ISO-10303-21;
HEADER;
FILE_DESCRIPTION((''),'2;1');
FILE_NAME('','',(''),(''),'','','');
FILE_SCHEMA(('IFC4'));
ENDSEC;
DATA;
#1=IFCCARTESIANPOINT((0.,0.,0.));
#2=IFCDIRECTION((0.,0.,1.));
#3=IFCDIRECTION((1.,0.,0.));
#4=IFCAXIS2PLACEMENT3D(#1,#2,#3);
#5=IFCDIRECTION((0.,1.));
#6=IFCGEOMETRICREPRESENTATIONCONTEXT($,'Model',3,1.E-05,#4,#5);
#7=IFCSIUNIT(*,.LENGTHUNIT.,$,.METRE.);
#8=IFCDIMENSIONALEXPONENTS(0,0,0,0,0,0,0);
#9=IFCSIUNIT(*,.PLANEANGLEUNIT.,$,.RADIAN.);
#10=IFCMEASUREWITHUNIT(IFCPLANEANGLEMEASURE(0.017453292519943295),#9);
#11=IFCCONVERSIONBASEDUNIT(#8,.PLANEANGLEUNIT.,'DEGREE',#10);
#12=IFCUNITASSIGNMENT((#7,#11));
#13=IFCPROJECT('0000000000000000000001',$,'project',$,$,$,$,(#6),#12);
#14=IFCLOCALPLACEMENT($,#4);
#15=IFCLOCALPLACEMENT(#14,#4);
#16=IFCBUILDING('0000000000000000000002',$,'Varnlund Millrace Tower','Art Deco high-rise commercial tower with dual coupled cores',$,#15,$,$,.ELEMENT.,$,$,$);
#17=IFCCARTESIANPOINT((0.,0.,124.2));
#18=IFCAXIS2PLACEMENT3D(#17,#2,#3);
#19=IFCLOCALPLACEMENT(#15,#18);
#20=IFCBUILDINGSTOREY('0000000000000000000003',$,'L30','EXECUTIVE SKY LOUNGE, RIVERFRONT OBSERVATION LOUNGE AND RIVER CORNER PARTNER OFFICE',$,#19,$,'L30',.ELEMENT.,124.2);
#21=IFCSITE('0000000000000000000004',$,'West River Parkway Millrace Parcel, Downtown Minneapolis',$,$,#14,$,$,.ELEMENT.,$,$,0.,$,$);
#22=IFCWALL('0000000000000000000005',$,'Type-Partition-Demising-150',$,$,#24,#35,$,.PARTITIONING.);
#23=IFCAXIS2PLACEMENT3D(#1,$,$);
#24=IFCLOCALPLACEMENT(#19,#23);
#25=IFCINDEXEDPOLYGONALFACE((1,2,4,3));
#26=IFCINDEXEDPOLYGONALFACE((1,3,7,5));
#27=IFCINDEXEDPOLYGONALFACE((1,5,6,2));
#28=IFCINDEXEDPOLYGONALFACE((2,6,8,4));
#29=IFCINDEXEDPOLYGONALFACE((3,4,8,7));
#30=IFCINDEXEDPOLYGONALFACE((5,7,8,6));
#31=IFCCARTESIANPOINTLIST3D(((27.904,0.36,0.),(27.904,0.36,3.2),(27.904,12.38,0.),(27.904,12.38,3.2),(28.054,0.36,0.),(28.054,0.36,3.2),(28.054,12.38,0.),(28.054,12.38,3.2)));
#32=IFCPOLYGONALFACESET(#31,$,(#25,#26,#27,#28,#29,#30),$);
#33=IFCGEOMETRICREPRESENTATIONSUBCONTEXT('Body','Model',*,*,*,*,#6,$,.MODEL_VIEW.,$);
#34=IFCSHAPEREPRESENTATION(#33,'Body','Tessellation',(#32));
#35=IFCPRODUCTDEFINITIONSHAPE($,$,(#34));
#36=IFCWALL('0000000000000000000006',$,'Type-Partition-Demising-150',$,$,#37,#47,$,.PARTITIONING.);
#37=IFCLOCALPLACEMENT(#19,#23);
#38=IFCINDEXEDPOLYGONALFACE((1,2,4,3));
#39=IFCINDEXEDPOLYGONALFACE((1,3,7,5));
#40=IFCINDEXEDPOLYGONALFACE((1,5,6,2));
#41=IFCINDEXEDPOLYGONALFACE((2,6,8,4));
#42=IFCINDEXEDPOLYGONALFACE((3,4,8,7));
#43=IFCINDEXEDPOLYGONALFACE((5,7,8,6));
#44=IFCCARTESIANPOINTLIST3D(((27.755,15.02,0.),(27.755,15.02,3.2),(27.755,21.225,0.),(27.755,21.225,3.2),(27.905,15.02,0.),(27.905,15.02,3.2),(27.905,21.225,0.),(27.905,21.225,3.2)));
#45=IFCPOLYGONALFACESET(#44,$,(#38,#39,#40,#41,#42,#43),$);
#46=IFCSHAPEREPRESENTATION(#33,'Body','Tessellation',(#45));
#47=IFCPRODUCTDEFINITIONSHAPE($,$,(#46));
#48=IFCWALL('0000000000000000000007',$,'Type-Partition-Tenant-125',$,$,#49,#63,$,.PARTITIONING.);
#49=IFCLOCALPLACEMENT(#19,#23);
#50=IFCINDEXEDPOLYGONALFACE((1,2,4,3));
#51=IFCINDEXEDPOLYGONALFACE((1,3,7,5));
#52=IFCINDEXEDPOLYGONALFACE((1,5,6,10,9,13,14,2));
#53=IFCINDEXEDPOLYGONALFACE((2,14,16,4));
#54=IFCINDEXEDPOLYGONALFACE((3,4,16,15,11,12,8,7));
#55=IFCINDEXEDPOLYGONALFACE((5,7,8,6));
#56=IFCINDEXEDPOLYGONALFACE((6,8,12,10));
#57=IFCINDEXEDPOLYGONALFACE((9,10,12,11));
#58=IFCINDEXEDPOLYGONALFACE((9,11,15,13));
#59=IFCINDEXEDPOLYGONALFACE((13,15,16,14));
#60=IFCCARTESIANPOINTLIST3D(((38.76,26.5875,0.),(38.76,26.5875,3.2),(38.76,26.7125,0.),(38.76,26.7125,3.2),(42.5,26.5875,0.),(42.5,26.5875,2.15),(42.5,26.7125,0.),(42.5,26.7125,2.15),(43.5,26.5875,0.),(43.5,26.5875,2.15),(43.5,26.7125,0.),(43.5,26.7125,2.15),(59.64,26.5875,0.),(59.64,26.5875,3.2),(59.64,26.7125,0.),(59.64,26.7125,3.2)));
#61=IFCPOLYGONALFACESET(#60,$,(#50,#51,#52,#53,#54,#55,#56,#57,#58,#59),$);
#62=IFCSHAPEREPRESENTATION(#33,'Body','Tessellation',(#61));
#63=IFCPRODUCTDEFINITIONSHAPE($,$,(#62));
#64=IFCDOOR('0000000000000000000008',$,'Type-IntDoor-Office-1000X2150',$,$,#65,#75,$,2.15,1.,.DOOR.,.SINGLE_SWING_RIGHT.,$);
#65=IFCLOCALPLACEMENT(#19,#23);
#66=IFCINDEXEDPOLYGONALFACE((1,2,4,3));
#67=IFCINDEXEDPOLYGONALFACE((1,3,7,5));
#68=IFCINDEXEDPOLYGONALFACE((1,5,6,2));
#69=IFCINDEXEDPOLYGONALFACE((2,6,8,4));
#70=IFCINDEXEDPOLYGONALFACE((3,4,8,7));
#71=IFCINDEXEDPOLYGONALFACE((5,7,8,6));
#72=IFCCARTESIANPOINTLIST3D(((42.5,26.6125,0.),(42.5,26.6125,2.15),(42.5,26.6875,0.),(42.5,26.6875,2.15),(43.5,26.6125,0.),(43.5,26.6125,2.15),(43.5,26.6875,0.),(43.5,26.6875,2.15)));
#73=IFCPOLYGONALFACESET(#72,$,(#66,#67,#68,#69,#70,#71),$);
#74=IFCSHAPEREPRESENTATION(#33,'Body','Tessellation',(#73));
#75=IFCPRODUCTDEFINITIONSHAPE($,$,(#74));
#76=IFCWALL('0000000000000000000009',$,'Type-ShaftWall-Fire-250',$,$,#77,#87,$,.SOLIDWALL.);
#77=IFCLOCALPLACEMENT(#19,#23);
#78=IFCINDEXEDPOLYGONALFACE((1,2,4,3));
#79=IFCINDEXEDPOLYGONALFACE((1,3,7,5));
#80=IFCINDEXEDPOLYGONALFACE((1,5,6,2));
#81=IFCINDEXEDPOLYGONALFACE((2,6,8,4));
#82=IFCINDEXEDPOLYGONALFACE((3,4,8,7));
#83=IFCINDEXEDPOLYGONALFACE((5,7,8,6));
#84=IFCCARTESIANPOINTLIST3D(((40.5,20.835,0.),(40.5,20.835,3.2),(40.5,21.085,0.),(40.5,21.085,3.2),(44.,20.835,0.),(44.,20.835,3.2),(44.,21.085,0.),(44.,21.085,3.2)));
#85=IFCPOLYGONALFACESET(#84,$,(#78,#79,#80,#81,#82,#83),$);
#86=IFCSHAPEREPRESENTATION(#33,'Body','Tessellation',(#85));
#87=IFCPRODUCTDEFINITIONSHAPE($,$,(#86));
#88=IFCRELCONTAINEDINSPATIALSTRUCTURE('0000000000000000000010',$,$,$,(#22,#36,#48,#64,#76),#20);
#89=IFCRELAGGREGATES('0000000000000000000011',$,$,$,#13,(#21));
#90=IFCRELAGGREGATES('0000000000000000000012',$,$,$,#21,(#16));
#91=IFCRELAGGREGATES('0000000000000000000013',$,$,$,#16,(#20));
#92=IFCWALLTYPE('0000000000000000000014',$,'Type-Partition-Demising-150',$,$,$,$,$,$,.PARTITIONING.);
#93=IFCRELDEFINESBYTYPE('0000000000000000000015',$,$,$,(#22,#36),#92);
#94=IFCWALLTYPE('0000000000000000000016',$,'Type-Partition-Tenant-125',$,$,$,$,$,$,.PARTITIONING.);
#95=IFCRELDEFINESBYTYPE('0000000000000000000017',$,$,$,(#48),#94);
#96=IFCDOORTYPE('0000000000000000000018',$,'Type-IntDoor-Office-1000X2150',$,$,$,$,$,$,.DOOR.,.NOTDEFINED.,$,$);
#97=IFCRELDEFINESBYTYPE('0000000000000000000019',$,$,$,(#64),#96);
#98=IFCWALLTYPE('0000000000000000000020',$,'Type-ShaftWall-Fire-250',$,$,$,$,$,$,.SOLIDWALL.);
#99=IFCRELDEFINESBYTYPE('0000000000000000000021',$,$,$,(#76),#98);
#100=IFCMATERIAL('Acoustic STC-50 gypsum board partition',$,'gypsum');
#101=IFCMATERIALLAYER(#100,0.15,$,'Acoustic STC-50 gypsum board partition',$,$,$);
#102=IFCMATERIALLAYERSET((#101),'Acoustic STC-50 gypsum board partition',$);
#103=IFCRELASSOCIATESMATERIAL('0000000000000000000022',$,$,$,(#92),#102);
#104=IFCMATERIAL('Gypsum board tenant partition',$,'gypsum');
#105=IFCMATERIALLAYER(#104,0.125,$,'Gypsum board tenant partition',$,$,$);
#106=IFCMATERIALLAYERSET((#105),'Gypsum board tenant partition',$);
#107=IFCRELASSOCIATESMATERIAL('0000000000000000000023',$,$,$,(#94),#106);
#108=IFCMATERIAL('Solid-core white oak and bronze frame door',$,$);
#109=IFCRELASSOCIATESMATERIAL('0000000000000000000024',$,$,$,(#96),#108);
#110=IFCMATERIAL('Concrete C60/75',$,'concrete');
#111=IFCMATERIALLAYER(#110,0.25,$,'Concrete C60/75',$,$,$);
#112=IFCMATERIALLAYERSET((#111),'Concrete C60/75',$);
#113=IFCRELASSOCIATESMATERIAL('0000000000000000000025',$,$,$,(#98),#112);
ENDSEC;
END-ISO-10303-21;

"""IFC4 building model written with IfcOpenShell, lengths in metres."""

from ifc_helpers import new_model, entity, si_unit, converted_unit, direction, frame, origin_with_axes, origin_2d_with_axis, place, context, subcontext, project, spatial, polyline, rectangle, outline, extrude, material, layer, layer_set, type_object, element, fill, save


model = new_model("IFC4")

# Units and contexts
model_context = context("Model", 3, precision=1e-05, world=origin_with_axes(), true_north=direction((0.0, 1.0)))
body_context = subcontext(model_context, "Body", "Model", "MODEL_VIEW")
ifc_project = project(units=[si_unit("LENGTHUNIT", "METRE"), converted_unit("PLANEANGLEUNIT", "DEGREE", entity("IfcPlaneAngleMeasure", 0.017453292519943295), si_unit("PLANEANGLEUNIT", "RADIAN"), dimensions=[0, 0, 0, 0, 0, 0, 0])], contexts=[model_context])

# Site, building, storey
site_placement = place(None, origin_with_axes())
site = spatial("IfcSite", under=ifc_project, at=site_placement, Name="West River Parkway Millrace Parcel, Downtown Minneapolis", CompositionType="ELEMENT", RefElevation=0.0)
building_placement = place(site_placement, origin_with_axes())
building = spatial("IfcBuilding", under=site, at=building_placement, Name="Varnlund Millrace Tower", Description="Art Deco high-rise commercial tower with dual coupled cores", CompositionType="ELEMENT")
storey_placement = place(building_placement, frame((0.0, 0.0, 124.2), z_axis=(0.0, 0.0, 1.0), x_axis=(1.0, 0.0, 0.0)))
storey = spatial("IfcBuildingStorey", under=building, at=storey_placement, Name="L30", Description="EXECUTIVE SKY LOUNGE, RIVERFRONT OBSERVATION LOUNGE AND RIVER CORNER PARTNER OFFICE", LongName="L30", CompositionType="ELEMENT", Elevation=124.2)

# Walls
ifc_material_1 = material(Name="Acoustic STC-50 gypsum board partition", Category="gypsum")
ifc_layer_1 = layer(ifc_material_1, 0.15, Name="Acoustic STC-50 gypsum board partition")
ifc_layer_set_1 = layer_set([ifc_layer_1], Name="Acoustic STC-50 gypsum board partition")
wall_type_1 = type_object("IfcWallType", Name="Type-Partition-Demising-150", PredefinedType="PARTITIONING", material=ifc_layer_set_1)
wall_1_placement = place(storey_placement, frame((27.979, 0.36, 0.0), z_axis=(0.0, 0.0, 1.0), x_axis=(0.0, 1.0, 0.0)))
element("IfcWall", 1, at=wall_1_placement, inside=storey, type_object=wall_type_1, Name="Type-Partition-Demising-150", PredefinedType="PARTITIONING", context=body_context, shape_type="SweptSolid", body=[
    extrude(outline(polyline([(0.0, -0.075), (12.02, -0.075), (12.02, 0.075), (0.0, 0.075), (0.0, -0.075)])), origin_with_axes(), (0.0, 0.0, 1.0), 3.2),
])
wall_2_placement = place(storey_placement, frame((27.83, 15.02, 0.0), z_axis=(0.0, 0.0, 1.0), x_axis=(0.0, 1.0, 0.0)))
element("IfcWall", 2, at=wall_2_placement, inside=storey, type_object=wall_type_1, Name="Type-Partition-Demising-150", PredefinedType="PARTITIONING", context=body_context, shape_type="SweptSolid", body=[
    extrude(outline(polyline([(0.0, -0.075), (6.205, -0.075), (6.205, 0.075), (0.0, 0.075), (0.0, -0.075)])), origin_with_axes(), (0.0, 0.0, 1.0), 3.2),
])

# Wall, opening, door
ifc_material_2 = material(Name="Gypsum board tenant partition", Category="gypsum")
ifc_layer_2 = layer(ifc_material_2, 0.125, Name="Gypsum board tenant partition")
ifc_layer_set_2 = layer_set([ifc_layer_2], Name="Gypsum board tenant partition")
wall_type_2 = type_object("IfcWallType", Name="Type-Partition-Tenant-125", PredefinedType="PARTITIONING", material=ifc_layer_set_2)
wall_3_placement = place(storey_placement, frame((38.76, 26.65, 0.0), z_axis=(0.0, 0.0, 1.0), x_axis=(1.0, 0.0, 0.0)))
wall_3 = element("IfcWall", 3, at=wall_3_placement, inside=storey, type_object=wall_type_2, Name="Type-Partition-Tenant-125", PredefinedType="PARTITIONING", context=body_context, shape_type="SweptSolid", body=[
    extrude(outline(polyline([(0.0, -0.0625), (20.88, -0.0625), (20.88, 0.0625), (0.0, 0.0625), (0.0, -0.0625)])), origin_with_axes(), (0.0, 0.0, 1.0), 3.2),
])
opening_1_placement = place(wall_3_placement, frame((4.24, 0.0, 0.0), z_axis=(0.0, 0.0, 1.0), x_axis=(1.0, 0.0, 0.0)))
opening_1 = element("IfcOpeningElement", 4, at=opening_1_placement, cuts=wall_3, PredefinedType="OPENING", context=body_context, shape_type="SweptSolid", body=[
    extrude(rectangle(XDim=1.0, YDim=0.145, at=origin_2d_with_axis()), origin_with_axes(), (0.0, 0.0, 1.0), 2.15),
])
ifc_material_3 = material(Name="Solid-core white oak and bronze frame door")
door_type = type_object("IfcDoorType", Name="Type-IntDoor-Office-1000X2150", OperationType="NOTDEFINED", PredefinedType="DOOR", material=ifc_material_3)
door_placement = place(wall_3_placement, frame((4.24, 0.0, 0.0), z_axis=(0.0, 0.0, 1.0), x_axis=(1.0, 0.0, 0.0)))
door = element("IfcDoor", 5, at=door_placement, inside=storey, type_object=door_type, Name="Type-IntDoor-Office-1000X2150", OperationType="SINGLE_SWING_RIGHT", OverallHeight=2.15, OverallWidth=1.0, PredefinedType="DOOR", context=body_context, shape_type="SweptSolid", body=[
    extrude(rectangle(XDim=1.0, YDim=0.075, at=origin_2d_with_axis()), origin_with_axes(), (0.0, 0.0, 1.0), 2.15),
])
fill(opening_1, door)

# Wall
ifc_material_4 = material(Name="Concrete C60/75", Category="concrete")
ifc_layer_3 = layer(ifc_material_4, 0.25, Name="Concrete C60/75")
ifc_layer_set_3 = layer_set([ifc_layer_3], Name="Concrete C60/75")
wall_type_3 = type_object("IfcWallType", Name="Type-ShaftWall-Fire-250", PredefinedType="SOLIDWALL", material=ifc_layer_set_3)
wall_4_placement = place(storey_placement, frame((40.5, 20.96, 0.0), z_axis=(0.0, 0.0, 1.0), x_axis=(1.0, 0.0, 0.0)))
element("IfcWall", 6, at=wall_4_placement, inside=storey, type_object=wall_type_3, Name="Type-ShaftWall-Fire-250", PredefinedType="SOLIDWALL", context=body_context, shape_type="SweptSolid", body=[
    extrude(outline(polyline([(0.0, -0.125), (3.5, -0.125), (3.5, 0.125), (0.0, 0.125), (0.0, -0.125)])), origin_with_axes(), (0.0, 0.0, 1.0), 3.2),
])

save(model, "model.ifc")
